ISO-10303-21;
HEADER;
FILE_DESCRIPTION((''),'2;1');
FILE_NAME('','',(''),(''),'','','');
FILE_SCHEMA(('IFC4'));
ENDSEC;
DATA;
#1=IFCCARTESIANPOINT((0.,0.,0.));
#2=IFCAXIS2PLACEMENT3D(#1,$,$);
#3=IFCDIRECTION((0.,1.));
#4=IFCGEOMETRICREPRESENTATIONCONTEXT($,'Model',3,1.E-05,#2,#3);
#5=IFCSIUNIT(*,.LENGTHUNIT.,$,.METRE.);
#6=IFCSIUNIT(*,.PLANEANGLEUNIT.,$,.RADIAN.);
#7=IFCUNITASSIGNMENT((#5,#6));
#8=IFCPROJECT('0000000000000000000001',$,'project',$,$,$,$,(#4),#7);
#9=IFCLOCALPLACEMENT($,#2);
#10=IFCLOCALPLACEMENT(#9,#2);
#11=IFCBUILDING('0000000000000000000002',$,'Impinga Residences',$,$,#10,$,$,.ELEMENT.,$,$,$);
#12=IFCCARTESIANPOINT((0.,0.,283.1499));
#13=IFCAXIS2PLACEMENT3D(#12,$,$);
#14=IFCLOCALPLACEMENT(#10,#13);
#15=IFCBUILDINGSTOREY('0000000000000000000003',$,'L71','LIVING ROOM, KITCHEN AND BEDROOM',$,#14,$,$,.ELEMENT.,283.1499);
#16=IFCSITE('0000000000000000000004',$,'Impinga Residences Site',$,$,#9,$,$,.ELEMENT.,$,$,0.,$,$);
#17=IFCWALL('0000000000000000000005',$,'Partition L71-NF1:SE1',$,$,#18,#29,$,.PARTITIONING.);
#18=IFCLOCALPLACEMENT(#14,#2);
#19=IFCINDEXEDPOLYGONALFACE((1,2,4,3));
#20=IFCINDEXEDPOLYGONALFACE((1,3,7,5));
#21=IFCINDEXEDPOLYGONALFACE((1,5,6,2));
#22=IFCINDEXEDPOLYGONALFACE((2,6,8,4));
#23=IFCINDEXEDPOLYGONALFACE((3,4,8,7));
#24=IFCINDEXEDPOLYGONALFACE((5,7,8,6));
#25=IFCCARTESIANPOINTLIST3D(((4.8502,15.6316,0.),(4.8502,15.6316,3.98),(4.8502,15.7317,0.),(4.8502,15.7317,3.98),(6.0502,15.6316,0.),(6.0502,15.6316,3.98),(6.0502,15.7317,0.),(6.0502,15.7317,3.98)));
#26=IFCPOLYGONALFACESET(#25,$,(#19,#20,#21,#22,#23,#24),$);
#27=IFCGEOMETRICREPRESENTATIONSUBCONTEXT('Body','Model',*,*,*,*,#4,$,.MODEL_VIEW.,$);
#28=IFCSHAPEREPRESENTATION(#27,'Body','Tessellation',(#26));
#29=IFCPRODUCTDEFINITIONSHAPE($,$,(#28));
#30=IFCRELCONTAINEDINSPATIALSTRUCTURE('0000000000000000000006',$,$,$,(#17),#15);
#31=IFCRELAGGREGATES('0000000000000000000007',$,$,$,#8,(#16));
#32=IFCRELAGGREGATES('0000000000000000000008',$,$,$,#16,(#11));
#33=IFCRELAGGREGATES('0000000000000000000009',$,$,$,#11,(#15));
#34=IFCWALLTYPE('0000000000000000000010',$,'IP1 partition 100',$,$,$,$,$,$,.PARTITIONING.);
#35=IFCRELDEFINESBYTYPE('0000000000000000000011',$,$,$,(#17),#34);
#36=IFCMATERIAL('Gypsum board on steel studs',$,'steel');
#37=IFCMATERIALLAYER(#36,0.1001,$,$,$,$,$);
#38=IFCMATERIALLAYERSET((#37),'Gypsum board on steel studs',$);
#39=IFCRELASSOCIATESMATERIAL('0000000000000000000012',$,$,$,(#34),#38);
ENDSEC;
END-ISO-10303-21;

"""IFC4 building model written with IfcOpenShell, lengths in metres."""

from ifc_helpers import new_model, si_unit, direction, frame, frame_2d, origin, place, context, subcontext, project, spatial, rectangle, extrude, material, layer, layer_set, type_object, element, save


model = new_model("IFC4")

# Units and contexts
model_context = context("Model", 3, precision=1e-05, world=origin(), true_north=direction((0.0, 1.0)))
body_context = subcontext(model_context, "Body", "Model", "MODEL_VIEW")
ifc_project = project(units=[si_unit("LENGTHUNIT", "METRE"), si_unit("PLANEANGLEUNIT", "RADIAN")], contexts=[model_context])

# Site, building, storey
site_placement = place(None, origin())
site = spatial("IfcSite", under=ifc_project, at=site_placement, Name="Impinga Residences Site", CompositionType="ELEMENT", RefElevation=0.0)
building_placement = place(site_placement, origin())
building = spatial("IfcBuilding", under=site, at=building_placement, Name="Impinga Residences", CompositionType="ELEMENT")
storey_placement = place(building_placement, frame((0.0, 0.0, 283.1499)))
storey = spatial("IfcBuildingStorey", under=building, at=storey_placement, Name="L71", Description="LIVING ROOM, KITCHEN AND BEDROOM", CompositionType="ELEMENT", Elevation=283.1499)

# Wall
ifc_material_1 = material(Name="Gypsum board on steel studs", Category="steel")
ifc_layer_1 = layer(ifc_material_1, 0.1001)
ifc_layer_set_1 = layer_set([ifc_layer_1], Name="Gypsum board on steel studs")
wall_type_1 = type_object("IfcWallType", Name="IP1 partition 100", PredefinedType="PARTITIONING", material=ifc_layer_set_1)
wall_1_placement = place(storey_placement, frame((4.8501, 15.6816, 0.0), z_axis=(0.0, 0.0, 1.0), x_axis=(1.0, 0.0, 0.0)))
element("IfcWall", 1, at=wall_1_placement, inside=storey, type_object=wall_type_1, Name="Partition L71-NF1:SE1", PredefinedType="PARTITIONING", context=body_context, shape_type="SweptSolid", body=[
    extrude(rectangle(XDim=1.2, YDim=0.1001, at=frame_2d((0.6001, 0.0))), origin(), (0.0, 0.0, 1.0), 3.98),
])

save(model, "model.ifc")
